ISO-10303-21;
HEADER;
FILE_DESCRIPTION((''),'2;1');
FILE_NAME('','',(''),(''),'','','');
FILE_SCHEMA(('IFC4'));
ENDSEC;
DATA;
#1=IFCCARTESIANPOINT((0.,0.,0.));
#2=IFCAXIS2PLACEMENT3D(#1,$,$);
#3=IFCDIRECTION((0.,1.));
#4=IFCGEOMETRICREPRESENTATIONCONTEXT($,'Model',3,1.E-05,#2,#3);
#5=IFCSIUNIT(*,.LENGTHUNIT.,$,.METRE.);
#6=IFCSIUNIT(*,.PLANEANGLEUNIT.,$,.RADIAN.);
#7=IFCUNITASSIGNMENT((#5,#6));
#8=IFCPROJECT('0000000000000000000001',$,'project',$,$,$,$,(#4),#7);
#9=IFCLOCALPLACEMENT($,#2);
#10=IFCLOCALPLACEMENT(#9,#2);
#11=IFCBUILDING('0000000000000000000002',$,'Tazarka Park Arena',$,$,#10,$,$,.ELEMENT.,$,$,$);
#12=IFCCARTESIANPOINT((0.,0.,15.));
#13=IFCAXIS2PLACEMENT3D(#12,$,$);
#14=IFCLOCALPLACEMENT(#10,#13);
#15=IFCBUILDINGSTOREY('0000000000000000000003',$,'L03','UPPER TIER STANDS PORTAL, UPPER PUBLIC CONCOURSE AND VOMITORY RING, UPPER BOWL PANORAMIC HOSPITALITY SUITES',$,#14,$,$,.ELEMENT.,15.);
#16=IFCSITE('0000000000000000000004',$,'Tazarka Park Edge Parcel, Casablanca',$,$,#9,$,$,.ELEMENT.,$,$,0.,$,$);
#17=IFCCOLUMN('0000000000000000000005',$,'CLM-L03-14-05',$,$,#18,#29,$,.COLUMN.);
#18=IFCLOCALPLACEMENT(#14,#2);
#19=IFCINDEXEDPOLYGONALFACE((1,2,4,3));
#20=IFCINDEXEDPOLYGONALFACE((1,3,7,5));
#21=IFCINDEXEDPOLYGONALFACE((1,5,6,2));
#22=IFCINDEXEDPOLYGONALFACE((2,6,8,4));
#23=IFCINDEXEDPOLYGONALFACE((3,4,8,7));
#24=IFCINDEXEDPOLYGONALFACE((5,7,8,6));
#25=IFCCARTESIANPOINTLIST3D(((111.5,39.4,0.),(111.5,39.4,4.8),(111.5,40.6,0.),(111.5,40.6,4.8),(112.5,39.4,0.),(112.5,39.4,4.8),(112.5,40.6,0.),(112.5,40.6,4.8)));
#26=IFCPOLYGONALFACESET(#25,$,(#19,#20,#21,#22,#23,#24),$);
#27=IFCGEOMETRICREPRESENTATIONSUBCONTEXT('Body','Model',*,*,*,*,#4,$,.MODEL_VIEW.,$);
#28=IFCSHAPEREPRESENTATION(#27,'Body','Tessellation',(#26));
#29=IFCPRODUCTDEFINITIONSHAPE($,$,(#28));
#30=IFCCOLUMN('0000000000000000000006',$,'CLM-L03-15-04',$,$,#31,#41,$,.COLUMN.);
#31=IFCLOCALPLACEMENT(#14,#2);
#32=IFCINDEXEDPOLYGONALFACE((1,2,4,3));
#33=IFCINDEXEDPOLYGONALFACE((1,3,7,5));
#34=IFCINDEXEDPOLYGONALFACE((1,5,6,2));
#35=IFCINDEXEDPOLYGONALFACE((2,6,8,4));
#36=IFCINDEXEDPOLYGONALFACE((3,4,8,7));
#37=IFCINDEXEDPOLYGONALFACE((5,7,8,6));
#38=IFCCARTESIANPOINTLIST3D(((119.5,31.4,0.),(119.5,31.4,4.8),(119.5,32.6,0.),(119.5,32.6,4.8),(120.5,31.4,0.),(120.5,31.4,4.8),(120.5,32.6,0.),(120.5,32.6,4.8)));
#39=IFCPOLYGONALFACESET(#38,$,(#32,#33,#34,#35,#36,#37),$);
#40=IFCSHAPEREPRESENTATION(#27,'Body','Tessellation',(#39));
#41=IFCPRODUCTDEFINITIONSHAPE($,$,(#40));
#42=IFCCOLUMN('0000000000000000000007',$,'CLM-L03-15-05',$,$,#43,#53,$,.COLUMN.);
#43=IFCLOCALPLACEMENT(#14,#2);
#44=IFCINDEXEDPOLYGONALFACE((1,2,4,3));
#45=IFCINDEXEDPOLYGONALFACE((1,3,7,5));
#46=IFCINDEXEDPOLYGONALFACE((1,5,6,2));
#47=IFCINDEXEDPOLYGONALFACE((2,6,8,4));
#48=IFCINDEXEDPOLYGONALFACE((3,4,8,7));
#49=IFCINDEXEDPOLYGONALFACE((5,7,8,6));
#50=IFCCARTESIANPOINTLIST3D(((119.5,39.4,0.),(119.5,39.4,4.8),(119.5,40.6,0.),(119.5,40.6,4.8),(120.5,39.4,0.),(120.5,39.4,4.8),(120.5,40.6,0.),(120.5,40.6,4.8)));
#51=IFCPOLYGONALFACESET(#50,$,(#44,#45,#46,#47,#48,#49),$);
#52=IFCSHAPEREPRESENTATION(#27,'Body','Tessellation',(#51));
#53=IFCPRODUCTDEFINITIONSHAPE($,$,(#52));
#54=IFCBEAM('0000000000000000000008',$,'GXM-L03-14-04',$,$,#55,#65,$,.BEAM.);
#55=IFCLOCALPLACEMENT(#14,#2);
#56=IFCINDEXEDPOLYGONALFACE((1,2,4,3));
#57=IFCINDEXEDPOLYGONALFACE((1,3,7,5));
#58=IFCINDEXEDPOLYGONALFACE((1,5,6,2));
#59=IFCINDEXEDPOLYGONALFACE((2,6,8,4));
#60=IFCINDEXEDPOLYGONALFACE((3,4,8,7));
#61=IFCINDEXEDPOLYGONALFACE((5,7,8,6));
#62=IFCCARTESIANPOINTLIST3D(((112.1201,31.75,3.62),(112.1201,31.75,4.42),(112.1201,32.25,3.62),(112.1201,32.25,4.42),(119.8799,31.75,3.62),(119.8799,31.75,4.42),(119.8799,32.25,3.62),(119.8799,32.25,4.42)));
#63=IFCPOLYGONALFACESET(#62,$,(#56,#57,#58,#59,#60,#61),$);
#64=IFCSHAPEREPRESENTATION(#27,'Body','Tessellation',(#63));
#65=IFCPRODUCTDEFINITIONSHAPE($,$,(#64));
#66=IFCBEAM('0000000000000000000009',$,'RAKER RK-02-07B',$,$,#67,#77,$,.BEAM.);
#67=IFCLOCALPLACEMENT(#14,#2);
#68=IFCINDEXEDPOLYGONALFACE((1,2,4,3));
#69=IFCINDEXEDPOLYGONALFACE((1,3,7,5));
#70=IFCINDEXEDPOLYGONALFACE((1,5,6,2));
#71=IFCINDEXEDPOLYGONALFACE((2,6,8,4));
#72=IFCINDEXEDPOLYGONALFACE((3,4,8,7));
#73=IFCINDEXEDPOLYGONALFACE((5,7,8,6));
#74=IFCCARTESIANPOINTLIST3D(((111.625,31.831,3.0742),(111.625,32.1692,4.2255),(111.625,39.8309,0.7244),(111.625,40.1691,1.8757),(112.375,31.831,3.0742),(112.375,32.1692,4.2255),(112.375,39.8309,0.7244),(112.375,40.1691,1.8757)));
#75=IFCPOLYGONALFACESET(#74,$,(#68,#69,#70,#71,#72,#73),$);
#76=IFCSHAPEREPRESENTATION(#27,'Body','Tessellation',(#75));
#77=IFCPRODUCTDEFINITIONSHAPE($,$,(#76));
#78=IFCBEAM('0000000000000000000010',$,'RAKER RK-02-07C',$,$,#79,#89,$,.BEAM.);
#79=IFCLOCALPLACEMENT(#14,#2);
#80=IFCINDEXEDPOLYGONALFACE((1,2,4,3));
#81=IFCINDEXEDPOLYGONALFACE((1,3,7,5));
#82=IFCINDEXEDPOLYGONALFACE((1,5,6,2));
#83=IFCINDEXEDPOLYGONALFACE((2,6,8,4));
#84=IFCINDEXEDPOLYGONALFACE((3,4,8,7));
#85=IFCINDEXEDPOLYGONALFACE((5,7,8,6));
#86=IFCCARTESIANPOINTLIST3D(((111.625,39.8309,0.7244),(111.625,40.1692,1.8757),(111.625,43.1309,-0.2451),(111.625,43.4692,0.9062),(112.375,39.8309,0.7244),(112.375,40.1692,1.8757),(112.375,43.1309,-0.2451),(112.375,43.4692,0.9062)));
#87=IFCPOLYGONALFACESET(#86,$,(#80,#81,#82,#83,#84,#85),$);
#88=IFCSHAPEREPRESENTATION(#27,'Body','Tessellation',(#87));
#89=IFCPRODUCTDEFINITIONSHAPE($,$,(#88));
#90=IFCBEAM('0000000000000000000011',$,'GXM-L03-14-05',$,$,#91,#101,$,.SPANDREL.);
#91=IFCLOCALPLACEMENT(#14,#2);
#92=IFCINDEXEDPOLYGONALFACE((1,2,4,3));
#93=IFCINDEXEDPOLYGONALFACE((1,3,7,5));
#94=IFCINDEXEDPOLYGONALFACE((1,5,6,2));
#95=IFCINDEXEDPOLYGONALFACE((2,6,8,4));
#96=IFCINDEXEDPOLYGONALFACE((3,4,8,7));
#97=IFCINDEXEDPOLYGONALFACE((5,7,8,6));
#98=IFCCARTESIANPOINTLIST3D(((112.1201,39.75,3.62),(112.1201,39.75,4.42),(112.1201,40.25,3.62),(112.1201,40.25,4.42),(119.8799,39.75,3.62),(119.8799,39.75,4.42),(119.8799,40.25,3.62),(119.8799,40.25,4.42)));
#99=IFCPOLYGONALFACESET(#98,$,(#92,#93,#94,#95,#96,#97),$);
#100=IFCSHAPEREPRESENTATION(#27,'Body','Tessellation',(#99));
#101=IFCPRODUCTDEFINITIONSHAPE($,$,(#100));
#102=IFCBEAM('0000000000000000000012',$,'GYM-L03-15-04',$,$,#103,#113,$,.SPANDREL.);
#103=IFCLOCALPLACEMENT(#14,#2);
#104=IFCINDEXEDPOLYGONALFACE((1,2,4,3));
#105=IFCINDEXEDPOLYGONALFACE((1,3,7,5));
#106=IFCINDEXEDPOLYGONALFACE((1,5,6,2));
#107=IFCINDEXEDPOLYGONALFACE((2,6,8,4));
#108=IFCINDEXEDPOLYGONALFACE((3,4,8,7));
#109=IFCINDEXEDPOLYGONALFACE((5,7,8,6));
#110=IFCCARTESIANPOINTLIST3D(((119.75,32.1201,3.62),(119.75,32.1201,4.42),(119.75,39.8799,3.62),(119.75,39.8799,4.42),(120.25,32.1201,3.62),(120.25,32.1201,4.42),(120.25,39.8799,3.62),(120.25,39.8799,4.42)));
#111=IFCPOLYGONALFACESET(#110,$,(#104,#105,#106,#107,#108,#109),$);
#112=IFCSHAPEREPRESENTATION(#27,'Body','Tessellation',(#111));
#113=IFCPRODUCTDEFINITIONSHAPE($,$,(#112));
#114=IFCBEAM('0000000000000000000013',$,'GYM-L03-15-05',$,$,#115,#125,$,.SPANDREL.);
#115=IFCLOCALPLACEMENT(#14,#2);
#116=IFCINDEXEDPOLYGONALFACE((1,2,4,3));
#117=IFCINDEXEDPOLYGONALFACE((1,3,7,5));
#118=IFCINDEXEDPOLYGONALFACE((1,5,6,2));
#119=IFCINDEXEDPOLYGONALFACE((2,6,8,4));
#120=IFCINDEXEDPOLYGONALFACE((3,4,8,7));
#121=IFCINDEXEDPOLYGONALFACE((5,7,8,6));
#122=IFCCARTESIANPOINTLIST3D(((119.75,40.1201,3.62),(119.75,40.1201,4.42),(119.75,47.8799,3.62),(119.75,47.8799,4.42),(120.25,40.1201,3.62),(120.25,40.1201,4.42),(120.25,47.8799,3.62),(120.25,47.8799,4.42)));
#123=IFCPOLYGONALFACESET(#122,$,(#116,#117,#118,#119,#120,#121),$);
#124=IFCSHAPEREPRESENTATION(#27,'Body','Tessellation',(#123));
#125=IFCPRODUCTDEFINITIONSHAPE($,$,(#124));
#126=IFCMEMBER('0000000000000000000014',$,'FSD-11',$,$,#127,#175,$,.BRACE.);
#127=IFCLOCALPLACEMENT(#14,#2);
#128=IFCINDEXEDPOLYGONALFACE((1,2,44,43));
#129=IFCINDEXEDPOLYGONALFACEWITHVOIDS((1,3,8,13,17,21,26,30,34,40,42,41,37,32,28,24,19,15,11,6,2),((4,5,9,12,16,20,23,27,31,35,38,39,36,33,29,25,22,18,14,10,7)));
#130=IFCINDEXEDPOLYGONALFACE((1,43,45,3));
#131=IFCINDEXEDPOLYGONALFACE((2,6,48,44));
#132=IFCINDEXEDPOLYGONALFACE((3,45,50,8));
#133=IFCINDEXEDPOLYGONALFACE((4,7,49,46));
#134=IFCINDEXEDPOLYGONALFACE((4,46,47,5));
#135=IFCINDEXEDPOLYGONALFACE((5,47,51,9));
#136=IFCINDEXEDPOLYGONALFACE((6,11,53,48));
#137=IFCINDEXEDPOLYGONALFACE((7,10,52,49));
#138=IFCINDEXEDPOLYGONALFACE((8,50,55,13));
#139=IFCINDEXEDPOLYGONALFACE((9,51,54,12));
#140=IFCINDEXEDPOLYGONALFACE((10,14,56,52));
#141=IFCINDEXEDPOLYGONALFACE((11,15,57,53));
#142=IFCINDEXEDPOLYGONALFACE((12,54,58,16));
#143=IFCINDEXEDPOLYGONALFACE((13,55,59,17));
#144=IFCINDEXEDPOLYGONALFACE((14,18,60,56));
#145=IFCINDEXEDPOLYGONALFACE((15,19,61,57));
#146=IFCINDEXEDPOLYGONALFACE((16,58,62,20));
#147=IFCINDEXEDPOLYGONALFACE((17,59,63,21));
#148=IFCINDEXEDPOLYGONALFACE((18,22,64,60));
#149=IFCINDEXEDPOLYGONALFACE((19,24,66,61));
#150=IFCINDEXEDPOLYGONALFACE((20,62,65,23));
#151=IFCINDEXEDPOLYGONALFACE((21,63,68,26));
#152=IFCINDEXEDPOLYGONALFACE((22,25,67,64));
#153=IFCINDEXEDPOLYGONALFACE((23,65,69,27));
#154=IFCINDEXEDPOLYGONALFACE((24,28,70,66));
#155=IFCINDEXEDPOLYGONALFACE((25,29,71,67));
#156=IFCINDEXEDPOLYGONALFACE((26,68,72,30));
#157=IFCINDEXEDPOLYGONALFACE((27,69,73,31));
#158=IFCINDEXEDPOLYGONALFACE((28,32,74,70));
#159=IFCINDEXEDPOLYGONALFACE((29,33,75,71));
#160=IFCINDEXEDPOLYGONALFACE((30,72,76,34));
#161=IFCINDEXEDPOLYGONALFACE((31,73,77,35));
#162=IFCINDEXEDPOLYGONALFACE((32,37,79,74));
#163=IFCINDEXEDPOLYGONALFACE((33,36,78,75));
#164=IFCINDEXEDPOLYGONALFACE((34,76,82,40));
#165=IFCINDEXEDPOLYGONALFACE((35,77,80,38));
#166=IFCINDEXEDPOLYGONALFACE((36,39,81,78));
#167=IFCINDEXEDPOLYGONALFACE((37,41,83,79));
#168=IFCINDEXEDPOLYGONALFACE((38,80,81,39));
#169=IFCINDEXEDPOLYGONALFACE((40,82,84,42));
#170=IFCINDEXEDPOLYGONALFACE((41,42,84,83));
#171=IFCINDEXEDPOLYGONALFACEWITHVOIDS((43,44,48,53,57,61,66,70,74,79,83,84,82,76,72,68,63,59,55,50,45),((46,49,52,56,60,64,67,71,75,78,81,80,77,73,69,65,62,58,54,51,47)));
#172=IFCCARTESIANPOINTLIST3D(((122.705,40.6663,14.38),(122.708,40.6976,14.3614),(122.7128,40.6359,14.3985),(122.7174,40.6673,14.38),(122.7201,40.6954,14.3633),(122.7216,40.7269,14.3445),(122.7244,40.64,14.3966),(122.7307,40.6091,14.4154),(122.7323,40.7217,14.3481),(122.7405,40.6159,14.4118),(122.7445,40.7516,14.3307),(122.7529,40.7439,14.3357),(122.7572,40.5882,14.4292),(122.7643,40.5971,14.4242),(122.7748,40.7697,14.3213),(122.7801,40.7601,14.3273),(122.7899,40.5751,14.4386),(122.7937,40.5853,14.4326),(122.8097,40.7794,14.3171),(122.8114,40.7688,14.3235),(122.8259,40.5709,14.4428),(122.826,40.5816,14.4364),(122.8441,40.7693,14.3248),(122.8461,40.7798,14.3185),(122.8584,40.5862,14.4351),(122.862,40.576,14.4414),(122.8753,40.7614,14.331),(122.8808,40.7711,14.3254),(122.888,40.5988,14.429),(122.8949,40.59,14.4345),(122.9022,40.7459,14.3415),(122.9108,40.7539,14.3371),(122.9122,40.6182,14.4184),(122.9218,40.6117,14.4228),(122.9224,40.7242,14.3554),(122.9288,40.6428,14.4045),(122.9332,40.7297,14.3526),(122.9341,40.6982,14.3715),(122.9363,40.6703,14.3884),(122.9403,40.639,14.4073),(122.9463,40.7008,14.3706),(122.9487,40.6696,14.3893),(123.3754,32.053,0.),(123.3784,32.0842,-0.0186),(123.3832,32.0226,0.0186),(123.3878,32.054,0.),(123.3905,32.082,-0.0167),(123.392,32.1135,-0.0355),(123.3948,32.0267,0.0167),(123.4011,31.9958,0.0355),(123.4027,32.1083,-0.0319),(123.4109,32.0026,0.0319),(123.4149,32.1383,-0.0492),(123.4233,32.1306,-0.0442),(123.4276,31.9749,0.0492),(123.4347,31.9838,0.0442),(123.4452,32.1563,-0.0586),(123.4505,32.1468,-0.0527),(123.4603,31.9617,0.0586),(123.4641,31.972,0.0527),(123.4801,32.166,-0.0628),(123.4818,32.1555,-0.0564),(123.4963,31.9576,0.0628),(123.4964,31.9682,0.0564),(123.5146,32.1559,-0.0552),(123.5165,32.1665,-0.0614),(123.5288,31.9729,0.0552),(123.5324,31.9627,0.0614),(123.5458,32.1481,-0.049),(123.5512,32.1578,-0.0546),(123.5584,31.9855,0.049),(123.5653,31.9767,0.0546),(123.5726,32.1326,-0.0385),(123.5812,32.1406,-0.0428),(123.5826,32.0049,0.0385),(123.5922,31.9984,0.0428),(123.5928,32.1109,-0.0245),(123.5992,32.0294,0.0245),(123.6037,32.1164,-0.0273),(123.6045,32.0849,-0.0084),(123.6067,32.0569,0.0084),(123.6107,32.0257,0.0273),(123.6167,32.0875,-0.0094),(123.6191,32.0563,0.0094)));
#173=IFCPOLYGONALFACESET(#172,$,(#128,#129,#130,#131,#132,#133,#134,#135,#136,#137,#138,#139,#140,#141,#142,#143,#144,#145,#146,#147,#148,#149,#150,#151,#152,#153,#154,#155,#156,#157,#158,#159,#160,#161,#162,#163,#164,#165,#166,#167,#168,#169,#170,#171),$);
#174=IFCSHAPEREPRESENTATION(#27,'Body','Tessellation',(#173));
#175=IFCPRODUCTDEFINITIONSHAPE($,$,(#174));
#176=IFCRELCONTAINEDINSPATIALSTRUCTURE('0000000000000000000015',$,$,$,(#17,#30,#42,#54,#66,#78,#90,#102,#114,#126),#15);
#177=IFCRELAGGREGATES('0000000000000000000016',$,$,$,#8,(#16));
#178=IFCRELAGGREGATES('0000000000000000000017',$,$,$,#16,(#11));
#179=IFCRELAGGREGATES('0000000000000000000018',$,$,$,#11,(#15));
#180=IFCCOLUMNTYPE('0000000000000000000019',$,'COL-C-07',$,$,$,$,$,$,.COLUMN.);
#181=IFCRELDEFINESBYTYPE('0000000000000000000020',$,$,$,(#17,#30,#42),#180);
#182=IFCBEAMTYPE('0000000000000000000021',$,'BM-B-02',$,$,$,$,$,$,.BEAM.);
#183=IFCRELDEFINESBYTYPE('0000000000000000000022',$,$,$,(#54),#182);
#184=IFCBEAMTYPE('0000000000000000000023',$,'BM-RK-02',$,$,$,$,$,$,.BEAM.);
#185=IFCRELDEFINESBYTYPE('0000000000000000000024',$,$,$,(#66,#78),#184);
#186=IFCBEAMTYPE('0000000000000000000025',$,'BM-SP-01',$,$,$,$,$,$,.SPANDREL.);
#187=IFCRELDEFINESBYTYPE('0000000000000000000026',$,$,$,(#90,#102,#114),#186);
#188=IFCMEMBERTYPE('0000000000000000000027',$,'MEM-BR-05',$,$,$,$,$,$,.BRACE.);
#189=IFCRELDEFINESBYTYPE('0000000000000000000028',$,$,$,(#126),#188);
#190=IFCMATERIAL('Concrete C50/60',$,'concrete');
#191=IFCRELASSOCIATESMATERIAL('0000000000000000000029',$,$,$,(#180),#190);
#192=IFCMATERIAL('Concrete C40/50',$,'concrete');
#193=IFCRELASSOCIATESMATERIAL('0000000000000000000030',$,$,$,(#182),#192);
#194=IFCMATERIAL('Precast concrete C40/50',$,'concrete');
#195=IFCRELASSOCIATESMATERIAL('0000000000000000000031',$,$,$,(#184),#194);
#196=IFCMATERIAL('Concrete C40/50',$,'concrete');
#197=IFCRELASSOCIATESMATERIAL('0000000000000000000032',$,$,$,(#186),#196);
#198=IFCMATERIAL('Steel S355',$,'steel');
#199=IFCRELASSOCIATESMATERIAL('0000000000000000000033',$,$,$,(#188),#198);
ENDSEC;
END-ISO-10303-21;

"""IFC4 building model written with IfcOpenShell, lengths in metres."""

from ifc_helpers import new_model, si_unit, direction, frame, origin, origin_2d, place, context, subcontext, project, spatial, rectangle, hollow_circle, extrude, material, material_profile, profile_set, type_object, element, save


model = new_model("IFC4")

# Units and contexts
model_context = context("Model", 3, precision=1e-05, world=origin(), true_north=direction((0.0, 1.0)))
body_context = subcontext(model_context, "Body", "Model", "MODEL_VIEW")
ifc_project = project(units=[si_unit("LENGTHUNIT", "METRE"), si_unit("PLANEANGLEUNIT", "RADIAN")], contexts=[model_context])

# Site, building, storey
site_placement = place(None, origin())
site = spatial("IfcSite", under=ifc_project, at=site_placement, Name="Tazarka Park Edge Parcel, Casablanca", CompositionType="ELEMENT", RefElevation=0.0)
building_placement = place(site_placement, origin())
building = spatial("IfcBuilding", under=site, at=building_placement, Name="Tazarka Park Arena", CompositionType="ELEMENT")
storey_placement = place(building_placement, frame((0.0, 0.0, 15.0)))
storey = spatial("IfcBuildingStorey", under=building, at=storey_placement, Name="L03", Description="UPPER TIER STANDS PORTAL, UPPER PUBLIC CONCOURSE AND VOMITORY RING, UPPER BOWL PANORAMIC HOSPITALITY SUITES", CompositionType="ELEMENT", Elevation=15.0)

# Columns
ifc_material_1 = material(Name="Concrete C50/60", Category="concrete")
ifc_material_profile_1 = material_profile(ifc_material_1, rectangle(XDim=1.0, YDim=1.2, at=origin_2d()), Name="Concrete C50/60")
ifc_profile_set_1 = profile_set([ifc_material_profile_1], Name="Concrete C50/60")
column_type = type_object("IfcColumnType", Name="COL-C-07", PredefinedType="COLUMN", material=ifc_profile_set_1)
for number, where, z_axis, x_axis, name in (
    (1, (112.0, 40.0, 0.0), (0.0, 0.0, 1.0), (1.0, 0.0, 0.0), "CLM-L03-14-05"),
    (2, (120.0, 32.0, 0.0), (0.0, 0.0, 1.0), (1.0, 0.0, 0.0), "CLM-L03-15-04"),
    (3, (120.0, 40.0, 0.0), (0.0, 0.0, 1.0), (1.0, 0.0, 0.0), "CLM-L03-15-05"),
):
    element("IfcColumn", number, at=place(storey_placement, frame(where, z_axis=z_axis, x_axis=x_axis)), inside=storey, type_object=column_type, Name=name, PredefinedType="COLUMN", context=body_context, shape_type="SweptSolid", body=[
        extrude(rectangle(XDim=1.0, YDim=1.2, at=origin_2d()), origin(), (0.0, 0.0, 1.0), 4.8),
    ])

# Beams
ifc_material_2 = material(Name="Concrete C40/50", Category="concrete")
ifc_material_profile_2 = material_profile(ifc_material_2, rectangle(XDim=0.5, YDim=0.8, at=origin_2d()), Name="Concrete C40/50")
ifc_profile_set_2 = profile_set([ifc_material_profile_2], Name="Concrete C40/50")
beam_type_1 = type_object("IfcBeamType", Name="BM-B-02", PredefinedType="BEAM", material=ifc_profile_set_2)
beam_1_placement = place(storey_placement, frame((112.1201, 32.0, 4.02), z_axis=(1.0, 0.0, 0.0), x_axis=(0.0, 1.0, 0.0)))
element("IfcBeam", 4, at=beam_1_placement, inside=storey, type_object=beam_type_1, Name="GXM-L03-14-04", PredefinedType="BEAM", context=body_context, shape_type="SweptSolid", body=[
    extrude(rectangle(XDim=0.5, YDim=0.8, at=origin_2d()), origin(), (0.0, 0.0, 1.0), 7.7598),
])
ifc_material_3 = material(Name="Precast concrete C40/50", Category="concrete")
ifc_material_profile_3 = material_profile(ifc_material_3, rectangle(XDim=0.75, YDim=1.2, at=origin_2d()), Name="Precast concrete C40/50")
ifc_profile_set_3 = profile_set([ifc_material_profile_3], Name="Precast concrete C40/50")
beam_type_2 = type_object("IfcBeamType", Name="BM-RK-02", PredefinedType="BEAM", material=ifc_profile_set_3)
beam_2_placement = place(storey_placement, frame((112.0, 40.0, 1.3), z_axis=(0.0, -0.959466, 0.281825), x_axis=(1.0, 0.0, 0.0)))
element("IfcBeam", 5, at=beam_2_placement, inside=storey, type_object=beam_type_2, Name="RAKER RK-02-07B", PredefinedType="BEAM", context=body_context, shape_type="SweptSolid", body=[
    extrude(rectangle(XDim=0.75, YDim=1.2, at=origin_2d()), origin(), (0.0, 0.0, 1.0), 8.3379),
])
beam_3_placement = place(storey_placement, frame((112.0, 43.3, 0.3306), z_axis=(0.0, -0.959454, 0.281867), x_axis=(1.0, 0.0, 0.0)))
element("IfcBeam", 6, at=beam_3_placement, inside=storey, type_object=beam_type_2, Name="RAKER RK-02-07C", PredefinedType="BEAM", context=body_context, shape_type="SweptSolid", body=[
    extrude(rectangle(XDim=0.75, YDim=1.2, at=origin_2d()), origin(), (0.0, 0.0, 1.0), 3.4395),
])
ifc_material_4 = material(Name="Concrete C40/50", Category="concrete")
ifc_material_profile_4 = material_profile(ifc_material_4, rectangle(XDim=0.5, YDim=0.8, at=origin_2d()), Name="Concrete C40/50")
ifc_profile_set_4 = profile_set([ifc_material_profile_4], Name="Concrete C40/50")
beam_type_3 = type_object("IfcBeamType", Name="BM-SP-01", PredefinedType="SPANDREL", material=ifc_profile_set_4)
for number, where, z_axis, x_axis, name in (
    (7, (112.1201, 40.0, 4.02), (1.0, 0.0, 0.0), (0.0, 1.0, 0.0), "GXM-L03-14-05"),
    (8, (120.0, 32.1201, 4.02), (0.0, 1.0, 0.0), (-1.0, 0.0, 0.0), "GYM-L03-15-04"),
    (9, (120.0, 40.1201, 4.02), (0.0, 1.0, 0.0), (-1.0, 0.0, 0.0), "GYM-L03-15-05"),
):
    element("IfcBeam", number, at=place(storey_placement, frame(where, z_axis=z_axis, x_axis=x_axis)), inside=storey, type_object=beam_type_3, Name=name, PredefinedType="SPANDREL", context=body_context, shape_type="SweptSolid", body=[
        extrude(rectangle(XDim=0.5, YDim=0.8, at=origin_2d()), origin(), (0.0, 0.0, 1.0), 7.7598),
    ])

# Member
ifc_material_5 = material(Name="Steel S355", Category="steel")
ifc_material_profile_5 = material_profile(ifc_material_5, hollow_circle(Radius=0.1223, WallThickness=0.0125, at=origin_2d()), Name="Steel S355")
ifc_profile_set_5 = profile_set([ifc_material_profile_5], Name="Steel S355")
member_type_1 = type_object("IfcMemberType", Name="MEM-BR-05", PredefinedType="BRACE", material=ifc_profile_set_5)
member_1_placement = place(storey_placement, frame((123.4973, 32.0625, 0.0), z_axis=(-0.039964, 0.513443, 0.857193), x_axis=(-0.996985, -0.0776, 0.0)))
element("IfcMember", 10, at=member_1_placement, inside=storey, type_object=member_type_1, Name="FSD-11", PredefinedType="BRACE", context=body_context, shape_type="SweptSolid", body=[
    extrude(hollow_circle(Radius=0.1223, WallThickness=0.0125, at=origin_2d()), origin(), (0.0, 0.0, 1.0), 16.7756),
])

save(model, "model.ifc")
